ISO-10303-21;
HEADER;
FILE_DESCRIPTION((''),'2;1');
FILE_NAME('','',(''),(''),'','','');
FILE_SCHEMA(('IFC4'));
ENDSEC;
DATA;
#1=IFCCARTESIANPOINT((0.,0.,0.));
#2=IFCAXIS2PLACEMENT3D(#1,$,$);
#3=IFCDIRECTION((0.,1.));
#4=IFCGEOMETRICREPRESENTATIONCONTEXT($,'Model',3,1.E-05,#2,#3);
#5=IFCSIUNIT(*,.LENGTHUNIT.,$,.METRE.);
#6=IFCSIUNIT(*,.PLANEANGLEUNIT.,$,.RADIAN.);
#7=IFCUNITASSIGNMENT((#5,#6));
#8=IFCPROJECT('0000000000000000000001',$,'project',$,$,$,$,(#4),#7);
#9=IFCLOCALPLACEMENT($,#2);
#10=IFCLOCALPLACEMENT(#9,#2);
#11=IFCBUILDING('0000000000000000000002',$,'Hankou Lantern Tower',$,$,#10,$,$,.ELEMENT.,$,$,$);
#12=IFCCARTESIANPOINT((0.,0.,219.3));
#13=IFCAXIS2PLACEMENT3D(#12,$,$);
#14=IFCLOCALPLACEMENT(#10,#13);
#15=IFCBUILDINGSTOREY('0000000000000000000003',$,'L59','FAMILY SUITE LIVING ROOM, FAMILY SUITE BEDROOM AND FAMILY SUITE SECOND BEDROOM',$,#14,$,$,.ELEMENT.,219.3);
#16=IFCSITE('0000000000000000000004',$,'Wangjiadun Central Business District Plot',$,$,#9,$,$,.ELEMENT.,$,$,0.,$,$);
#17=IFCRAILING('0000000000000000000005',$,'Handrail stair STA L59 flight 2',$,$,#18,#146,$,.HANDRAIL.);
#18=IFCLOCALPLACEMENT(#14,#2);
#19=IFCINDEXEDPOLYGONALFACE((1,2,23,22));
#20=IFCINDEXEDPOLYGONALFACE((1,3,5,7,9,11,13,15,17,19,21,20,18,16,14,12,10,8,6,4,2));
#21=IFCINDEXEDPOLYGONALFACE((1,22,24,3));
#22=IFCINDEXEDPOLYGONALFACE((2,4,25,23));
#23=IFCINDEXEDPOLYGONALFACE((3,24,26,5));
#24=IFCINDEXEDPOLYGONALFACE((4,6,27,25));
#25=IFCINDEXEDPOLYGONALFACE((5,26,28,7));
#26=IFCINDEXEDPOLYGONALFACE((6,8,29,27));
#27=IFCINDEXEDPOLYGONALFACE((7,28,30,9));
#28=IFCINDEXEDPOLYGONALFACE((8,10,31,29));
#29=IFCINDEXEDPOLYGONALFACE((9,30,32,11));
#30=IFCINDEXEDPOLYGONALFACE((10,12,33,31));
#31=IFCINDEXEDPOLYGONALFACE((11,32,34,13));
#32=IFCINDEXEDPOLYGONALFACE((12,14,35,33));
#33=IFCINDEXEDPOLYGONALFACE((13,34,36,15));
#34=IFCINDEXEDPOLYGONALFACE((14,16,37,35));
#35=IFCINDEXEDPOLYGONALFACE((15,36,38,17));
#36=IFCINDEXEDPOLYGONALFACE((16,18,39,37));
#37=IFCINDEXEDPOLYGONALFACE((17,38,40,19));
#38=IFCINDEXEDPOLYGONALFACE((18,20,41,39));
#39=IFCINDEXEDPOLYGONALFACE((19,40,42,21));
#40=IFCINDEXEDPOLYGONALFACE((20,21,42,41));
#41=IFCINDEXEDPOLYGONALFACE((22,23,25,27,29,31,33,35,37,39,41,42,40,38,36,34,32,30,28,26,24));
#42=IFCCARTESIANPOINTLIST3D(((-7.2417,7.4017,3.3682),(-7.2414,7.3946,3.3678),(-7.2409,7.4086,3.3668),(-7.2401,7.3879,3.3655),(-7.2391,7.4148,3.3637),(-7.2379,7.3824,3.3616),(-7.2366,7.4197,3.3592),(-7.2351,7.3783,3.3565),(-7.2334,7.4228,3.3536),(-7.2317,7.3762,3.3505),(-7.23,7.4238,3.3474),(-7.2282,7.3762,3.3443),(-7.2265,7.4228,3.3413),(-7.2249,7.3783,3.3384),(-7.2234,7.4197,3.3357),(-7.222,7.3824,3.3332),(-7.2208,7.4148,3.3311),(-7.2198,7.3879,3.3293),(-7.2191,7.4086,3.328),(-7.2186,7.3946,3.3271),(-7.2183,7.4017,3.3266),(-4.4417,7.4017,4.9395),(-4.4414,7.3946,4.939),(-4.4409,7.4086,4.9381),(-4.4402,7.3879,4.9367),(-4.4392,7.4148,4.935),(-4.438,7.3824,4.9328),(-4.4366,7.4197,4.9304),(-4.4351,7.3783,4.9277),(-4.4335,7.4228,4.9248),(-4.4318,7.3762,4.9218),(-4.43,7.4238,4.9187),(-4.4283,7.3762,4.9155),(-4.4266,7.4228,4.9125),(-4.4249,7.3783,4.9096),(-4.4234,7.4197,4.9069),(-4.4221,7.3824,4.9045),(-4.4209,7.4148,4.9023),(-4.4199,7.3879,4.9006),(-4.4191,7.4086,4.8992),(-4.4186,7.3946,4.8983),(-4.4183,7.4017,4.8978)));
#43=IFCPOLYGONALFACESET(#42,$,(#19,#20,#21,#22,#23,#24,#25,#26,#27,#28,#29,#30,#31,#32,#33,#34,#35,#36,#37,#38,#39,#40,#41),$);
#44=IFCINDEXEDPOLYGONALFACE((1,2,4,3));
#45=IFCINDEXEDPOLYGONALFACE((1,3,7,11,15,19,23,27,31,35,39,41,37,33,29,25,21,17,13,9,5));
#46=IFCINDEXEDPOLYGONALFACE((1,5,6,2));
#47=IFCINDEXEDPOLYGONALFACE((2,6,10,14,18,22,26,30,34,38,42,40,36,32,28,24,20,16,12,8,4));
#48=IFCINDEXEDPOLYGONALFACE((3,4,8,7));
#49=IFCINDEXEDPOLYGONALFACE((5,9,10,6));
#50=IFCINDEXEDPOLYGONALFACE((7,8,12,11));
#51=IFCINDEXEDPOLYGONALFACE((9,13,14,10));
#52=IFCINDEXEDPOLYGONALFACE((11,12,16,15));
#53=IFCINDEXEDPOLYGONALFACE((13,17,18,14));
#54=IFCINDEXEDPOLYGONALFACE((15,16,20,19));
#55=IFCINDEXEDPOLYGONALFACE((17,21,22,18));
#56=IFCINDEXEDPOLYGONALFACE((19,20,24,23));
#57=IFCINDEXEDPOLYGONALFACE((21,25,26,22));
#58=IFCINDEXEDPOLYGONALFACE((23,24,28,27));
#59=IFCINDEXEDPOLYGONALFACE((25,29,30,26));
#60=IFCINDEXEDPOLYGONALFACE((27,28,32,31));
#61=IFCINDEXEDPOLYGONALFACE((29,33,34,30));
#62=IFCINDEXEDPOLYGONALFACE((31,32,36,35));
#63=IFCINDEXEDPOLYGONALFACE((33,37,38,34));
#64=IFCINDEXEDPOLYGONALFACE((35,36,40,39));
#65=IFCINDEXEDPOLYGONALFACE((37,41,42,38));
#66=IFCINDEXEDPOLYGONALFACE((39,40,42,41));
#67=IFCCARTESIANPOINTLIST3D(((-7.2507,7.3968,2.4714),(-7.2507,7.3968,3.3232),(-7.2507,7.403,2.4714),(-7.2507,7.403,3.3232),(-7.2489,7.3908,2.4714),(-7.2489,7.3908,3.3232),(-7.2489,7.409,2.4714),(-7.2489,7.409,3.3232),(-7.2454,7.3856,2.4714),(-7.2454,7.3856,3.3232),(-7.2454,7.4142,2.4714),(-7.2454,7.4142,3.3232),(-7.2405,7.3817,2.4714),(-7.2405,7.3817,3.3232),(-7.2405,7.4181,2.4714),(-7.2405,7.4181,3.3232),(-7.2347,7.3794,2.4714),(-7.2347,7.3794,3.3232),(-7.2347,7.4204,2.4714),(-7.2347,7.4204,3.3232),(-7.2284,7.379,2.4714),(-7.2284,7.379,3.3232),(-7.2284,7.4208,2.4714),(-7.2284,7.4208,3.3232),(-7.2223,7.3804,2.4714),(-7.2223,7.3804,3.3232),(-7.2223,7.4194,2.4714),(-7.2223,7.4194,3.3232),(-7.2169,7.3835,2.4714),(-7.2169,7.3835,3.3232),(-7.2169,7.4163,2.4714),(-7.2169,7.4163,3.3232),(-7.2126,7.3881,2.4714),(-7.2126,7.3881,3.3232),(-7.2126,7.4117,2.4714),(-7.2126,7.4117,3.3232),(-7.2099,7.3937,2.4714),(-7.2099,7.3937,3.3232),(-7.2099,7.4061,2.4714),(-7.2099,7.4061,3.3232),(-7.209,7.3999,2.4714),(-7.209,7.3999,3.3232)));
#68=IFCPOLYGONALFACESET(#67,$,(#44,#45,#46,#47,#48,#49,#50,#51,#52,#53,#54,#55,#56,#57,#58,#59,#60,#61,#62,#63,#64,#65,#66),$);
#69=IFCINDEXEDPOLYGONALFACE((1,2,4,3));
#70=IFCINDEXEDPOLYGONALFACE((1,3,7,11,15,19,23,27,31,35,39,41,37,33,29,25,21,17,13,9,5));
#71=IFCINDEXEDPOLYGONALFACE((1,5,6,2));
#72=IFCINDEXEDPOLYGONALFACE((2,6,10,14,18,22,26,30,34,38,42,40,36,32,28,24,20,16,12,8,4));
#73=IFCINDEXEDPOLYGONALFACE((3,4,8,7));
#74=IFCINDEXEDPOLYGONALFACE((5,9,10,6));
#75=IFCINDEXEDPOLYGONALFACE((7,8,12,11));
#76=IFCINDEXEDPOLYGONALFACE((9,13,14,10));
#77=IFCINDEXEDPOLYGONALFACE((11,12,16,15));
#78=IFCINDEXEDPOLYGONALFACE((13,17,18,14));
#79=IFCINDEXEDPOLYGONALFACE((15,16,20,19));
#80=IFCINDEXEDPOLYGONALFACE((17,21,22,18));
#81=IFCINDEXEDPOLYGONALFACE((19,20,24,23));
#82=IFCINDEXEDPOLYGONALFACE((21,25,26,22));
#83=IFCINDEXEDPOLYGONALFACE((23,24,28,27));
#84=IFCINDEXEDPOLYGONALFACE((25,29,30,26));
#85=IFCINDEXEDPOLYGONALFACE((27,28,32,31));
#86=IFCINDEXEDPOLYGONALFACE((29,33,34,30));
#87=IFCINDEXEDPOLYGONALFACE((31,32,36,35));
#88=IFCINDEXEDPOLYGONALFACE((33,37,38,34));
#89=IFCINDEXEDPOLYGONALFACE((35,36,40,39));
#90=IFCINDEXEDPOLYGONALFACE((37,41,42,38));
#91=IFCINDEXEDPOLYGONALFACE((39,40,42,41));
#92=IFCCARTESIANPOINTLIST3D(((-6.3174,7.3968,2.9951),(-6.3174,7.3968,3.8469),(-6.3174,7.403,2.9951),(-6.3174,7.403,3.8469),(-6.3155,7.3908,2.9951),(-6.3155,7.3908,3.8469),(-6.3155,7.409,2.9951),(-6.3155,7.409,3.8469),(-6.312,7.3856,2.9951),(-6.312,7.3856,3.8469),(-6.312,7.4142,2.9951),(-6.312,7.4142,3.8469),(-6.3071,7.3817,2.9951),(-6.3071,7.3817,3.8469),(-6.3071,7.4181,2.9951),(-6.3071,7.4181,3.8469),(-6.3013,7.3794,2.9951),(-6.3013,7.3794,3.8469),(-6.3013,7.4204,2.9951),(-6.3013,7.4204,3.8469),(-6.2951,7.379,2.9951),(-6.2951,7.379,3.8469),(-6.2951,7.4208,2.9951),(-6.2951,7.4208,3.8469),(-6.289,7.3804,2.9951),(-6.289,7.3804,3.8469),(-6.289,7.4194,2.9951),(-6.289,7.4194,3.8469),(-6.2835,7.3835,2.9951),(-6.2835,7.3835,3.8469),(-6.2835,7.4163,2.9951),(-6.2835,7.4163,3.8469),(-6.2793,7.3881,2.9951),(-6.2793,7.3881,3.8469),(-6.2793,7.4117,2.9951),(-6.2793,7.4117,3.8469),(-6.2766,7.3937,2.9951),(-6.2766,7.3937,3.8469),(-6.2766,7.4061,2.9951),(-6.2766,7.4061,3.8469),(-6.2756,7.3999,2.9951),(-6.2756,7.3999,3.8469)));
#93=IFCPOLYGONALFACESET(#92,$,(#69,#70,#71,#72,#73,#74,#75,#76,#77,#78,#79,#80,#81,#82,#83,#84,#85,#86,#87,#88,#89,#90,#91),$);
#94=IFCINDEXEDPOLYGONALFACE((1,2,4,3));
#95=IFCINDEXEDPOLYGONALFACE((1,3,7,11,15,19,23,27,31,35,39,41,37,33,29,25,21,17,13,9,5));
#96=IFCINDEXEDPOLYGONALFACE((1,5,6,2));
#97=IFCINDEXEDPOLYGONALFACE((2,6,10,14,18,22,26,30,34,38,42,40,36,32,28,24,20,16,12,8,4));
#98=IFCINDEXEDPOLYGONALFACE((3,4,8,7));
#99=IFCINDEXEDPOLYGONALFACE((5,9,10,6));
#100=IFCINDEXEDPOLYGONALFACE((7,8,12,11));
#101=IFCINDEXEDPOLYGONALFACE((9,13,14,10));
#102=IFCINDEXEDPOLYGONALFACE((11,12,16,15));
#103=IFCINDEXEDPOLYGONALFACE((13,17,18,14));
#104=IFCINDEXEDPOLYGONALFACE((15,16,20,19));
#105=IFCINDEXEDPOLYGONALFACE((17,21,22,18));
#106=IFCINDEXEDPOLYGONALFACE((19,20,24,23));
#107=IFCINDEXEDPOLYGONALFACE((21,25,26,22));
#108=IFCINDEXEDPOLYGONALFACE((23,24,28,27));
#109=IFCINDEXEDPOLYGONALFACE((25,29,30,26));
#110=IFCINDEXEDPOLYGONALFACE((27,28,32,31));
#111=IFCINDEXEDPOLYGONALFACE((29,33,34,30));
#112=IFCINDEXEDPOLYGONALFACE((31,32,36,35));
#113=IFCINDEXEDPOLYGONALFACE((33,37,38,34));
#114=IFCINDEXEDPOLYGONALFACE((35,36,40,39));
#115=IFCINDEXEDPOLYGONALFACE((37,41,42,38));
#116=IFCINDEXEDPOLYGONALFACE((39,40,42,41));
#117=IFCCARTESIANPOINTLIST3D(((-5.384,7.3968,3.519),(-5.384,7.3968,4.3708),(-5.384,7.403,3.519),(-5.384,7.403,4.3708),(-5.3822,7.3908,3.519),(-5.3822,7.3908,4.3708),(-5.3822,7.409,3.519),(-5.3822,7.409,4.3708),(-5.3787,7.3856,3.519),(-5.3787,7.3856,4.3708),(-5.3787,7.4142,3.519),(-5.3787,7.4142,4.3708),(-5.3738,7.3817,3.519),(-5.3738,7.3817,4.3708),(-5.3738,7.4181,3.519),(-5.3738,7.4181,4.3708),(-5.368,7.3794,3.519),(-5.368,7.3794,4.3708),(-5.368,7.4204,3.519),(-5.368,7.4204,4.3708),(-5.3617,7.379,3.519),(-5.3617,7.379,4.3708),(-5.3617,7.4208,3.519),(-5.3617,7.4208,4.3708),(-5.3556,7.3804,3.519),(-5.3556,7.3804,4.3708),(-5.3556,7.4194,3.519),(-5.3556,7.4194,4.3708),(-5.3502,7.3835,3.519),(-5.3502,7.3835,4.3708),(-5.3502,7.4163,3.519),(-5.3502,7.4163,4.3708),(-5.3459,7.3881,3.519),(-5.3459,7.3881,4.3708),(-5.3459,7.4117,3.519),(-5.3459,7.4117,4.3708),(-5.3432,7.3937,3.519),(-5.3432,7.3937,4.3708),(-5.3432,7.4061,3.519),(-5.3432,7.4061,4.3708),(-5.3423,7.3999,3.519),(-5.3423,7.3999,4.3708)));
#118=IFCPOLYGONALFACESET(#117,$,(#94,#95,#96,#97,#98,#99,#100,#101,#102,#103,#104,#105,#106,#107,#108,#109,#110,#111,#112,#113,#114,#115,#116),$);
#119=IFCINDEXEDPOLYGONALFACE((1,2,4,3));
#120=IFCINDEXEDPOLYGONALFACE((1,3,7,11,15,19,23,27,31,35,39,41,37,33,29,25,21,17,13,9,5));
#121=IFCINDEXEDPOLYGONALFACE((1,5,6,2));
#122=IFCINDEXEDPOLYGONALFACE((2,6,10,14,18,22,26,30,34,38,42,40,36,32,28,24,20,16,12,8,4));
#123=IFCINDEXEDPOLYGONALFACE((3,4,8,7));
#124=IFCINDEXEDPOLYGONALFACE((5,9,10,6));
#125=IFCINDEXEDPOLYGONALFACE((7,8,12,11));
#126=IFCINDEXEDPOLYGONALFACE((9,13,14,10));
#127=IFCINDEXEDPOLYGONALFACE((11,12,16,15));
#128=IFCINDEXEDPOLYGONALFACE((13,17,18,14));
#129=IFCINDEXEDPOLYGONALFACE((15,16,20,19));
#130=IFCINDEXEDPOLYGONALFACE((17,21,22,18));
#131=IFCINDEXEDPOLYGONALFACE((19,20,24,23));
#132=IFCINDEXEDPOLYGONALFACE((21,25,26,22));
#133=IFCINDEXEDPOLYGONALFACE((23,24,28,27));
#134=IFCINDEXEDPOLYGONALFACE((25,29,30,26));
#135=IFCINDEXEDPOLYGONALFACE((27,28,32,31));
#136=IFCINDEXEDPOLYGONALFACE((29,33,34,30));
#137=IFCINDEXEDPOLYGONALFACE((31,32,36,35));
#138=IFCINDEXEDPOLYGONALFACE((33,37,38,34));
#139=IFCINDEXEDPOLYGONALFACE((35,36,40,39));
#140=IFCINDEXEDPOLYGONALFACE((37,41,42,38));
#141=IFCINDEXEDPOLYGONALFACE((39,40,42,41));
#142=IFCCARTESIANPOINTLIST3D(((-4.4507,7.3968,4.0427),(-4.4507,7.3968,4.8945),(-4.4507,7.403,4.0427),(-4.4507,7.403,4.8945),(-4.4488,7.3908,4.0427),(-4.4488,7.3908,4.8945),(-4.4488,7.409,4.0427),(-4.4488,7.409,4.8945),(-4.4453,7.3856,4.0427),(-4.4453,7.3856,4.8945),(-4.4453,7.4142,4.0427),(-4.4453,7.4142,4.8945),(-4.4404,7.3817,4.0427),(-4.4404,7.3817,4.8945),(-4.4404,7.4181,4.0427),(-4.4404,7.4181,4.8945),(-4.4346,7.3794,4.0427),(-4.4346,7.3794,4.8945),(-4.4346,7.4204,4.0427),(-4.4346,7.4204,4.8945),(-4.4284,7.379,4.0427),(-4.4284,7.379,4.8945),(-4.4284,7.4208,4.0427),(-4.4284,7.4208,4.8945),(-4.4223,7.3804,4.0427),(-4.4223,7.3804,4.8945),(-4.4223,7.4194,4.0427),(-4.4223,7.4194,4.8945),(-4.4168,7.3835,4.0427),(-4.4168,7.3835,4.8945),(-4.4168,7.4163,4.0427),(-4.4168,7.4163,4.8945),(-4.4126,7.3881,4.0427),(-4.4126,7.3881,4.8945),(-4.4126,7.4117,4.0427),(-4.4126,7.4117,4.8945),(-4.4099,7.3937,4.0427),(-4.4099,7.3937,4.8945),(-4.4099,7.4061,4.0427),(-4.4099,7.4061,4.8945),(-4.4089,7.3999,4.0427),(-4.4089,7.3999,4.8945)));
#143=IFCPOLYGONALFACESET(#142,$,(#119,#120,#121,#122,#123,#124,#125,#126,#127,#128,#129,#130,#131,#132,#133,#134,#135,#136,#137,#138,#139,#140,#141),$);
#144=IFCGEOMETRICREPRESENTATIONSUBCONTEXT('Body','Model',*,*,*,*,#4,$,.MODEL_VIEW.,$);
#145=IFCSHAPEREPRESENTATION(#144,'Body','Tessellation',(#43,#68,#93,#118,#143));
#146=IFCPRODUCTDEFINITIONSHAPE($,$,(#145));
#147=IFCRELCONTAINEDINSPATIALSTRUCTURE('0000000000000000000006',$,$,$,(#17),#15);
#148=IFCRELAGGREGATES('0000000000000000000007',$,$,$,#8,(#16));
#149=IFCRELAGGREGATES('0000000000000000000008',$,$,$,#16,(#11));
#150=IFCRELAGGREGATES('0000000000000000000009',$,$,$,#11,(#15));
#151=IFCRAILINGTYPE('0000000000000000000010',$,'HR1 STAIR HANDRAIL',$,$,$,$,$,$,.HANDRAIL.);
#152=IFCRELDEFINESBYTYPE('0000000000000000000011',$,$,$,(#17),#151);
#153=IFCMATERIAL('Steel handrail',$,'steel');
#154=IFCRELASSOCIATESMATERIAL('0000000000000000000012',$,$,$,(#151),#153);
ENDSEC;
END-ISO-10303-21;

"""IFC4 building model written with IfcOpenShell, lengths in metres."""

from ifc_helpers import new_model, si_unit, direction, frame, origin, origin_2d, place, context, subcontext, project, spatial, circle, extrude, material, type_object, element, save


model = new_model("IFC4")

# Units and contexts
model_context = context("Model", 3, precision=1e-05, world=origin(), true_north=direction((0.0, 1.0)))
body_context = subcontext(model_context, "Body", "Model", "MODEL_VIEW")
ifc_project = project(units=[si_unit("LENGTHUNIT", "METRE"), si_unit("PLANEANGLEUNIT", "RADIAN")], contexts=[model_context])

# Site, building, storey
site_placement = place(None, origin())
site = spatial("IfcSite", under=ifc_project, at=site_placement, Name="Wangjiadun Central Business District Plot", CompositionType="ELEMENT", RefElevation=0.0)
building_placement = place(site_placement, origin())
building = spatial("IfcBuilding", under=site, at=building_placement, Name="Hankou Lantern Tower", CompositionType="ELEMENT")
storey_placement = place(building_placement, frame((0.0, 0.0, 219.3)))
storey = spatial("IfcBuildingStorey", under=building, at=storey_placement, Name="L59", Description="FAMILY SUITE LIVING ROOM, FAMILY SUITE BEDROOM AND FAMILY SUITE SECOND BEDROOM", CompositionType="ELEMENT", Elevation=219.3)

# Railing
ifc_material_1 = material(Name="Steel handrail", Category="steel")
railing_type = type_object("IfcRailingType", Name="HR1 STAIR HANDRAIL", PredefinedType="HANDRAIL", material=ifc_material_1)
railing_1_placement = place(storey_placement, frame((-7.23, 7.3999, 2.4714)))
element("IfcRailing", 1, at=railing_1_placement, inside=storey, type_object=railing_type, Name="Handrail stair STA L59 flight 2", PredefinedType="HANDRAIL", context=body_context, shape_type="SweptSolid", body=[
    extrude(circle(Radius=0.0239, at=origin_2d()), frame((0.0, 0.0, 0.876), z_axis=(0.872073, 0.0, 0.489377), x_axis=(0.0, 1.0, 0.0)), (0.0, 0.0, 1.0), 3.2107),
    extrude(circle(Radius=0.021, at=origin_2d()), origin(), (0.0, 0.0, 1.0), 0.8518),
    extrude(circle(Radius=0.021, at=origin_2d()), frame((0.9333, 0.0, 0.5237)), (0.0, 0.0, 1.0), 0.8518),
    extrude(circle(Radius=0.021, at=origin_2d()), frame((1.8667, 0.0, 1.0476)), (0.0, 0.0, 1.0), 0.8518),
    extrude(circle(Radius=0.021, at=origin_2d()), frame((2.8, 0.0, 1.5713)), (0.0, 0.0, 1.0), 0.8518),
])

save(model, "model.ifc")
